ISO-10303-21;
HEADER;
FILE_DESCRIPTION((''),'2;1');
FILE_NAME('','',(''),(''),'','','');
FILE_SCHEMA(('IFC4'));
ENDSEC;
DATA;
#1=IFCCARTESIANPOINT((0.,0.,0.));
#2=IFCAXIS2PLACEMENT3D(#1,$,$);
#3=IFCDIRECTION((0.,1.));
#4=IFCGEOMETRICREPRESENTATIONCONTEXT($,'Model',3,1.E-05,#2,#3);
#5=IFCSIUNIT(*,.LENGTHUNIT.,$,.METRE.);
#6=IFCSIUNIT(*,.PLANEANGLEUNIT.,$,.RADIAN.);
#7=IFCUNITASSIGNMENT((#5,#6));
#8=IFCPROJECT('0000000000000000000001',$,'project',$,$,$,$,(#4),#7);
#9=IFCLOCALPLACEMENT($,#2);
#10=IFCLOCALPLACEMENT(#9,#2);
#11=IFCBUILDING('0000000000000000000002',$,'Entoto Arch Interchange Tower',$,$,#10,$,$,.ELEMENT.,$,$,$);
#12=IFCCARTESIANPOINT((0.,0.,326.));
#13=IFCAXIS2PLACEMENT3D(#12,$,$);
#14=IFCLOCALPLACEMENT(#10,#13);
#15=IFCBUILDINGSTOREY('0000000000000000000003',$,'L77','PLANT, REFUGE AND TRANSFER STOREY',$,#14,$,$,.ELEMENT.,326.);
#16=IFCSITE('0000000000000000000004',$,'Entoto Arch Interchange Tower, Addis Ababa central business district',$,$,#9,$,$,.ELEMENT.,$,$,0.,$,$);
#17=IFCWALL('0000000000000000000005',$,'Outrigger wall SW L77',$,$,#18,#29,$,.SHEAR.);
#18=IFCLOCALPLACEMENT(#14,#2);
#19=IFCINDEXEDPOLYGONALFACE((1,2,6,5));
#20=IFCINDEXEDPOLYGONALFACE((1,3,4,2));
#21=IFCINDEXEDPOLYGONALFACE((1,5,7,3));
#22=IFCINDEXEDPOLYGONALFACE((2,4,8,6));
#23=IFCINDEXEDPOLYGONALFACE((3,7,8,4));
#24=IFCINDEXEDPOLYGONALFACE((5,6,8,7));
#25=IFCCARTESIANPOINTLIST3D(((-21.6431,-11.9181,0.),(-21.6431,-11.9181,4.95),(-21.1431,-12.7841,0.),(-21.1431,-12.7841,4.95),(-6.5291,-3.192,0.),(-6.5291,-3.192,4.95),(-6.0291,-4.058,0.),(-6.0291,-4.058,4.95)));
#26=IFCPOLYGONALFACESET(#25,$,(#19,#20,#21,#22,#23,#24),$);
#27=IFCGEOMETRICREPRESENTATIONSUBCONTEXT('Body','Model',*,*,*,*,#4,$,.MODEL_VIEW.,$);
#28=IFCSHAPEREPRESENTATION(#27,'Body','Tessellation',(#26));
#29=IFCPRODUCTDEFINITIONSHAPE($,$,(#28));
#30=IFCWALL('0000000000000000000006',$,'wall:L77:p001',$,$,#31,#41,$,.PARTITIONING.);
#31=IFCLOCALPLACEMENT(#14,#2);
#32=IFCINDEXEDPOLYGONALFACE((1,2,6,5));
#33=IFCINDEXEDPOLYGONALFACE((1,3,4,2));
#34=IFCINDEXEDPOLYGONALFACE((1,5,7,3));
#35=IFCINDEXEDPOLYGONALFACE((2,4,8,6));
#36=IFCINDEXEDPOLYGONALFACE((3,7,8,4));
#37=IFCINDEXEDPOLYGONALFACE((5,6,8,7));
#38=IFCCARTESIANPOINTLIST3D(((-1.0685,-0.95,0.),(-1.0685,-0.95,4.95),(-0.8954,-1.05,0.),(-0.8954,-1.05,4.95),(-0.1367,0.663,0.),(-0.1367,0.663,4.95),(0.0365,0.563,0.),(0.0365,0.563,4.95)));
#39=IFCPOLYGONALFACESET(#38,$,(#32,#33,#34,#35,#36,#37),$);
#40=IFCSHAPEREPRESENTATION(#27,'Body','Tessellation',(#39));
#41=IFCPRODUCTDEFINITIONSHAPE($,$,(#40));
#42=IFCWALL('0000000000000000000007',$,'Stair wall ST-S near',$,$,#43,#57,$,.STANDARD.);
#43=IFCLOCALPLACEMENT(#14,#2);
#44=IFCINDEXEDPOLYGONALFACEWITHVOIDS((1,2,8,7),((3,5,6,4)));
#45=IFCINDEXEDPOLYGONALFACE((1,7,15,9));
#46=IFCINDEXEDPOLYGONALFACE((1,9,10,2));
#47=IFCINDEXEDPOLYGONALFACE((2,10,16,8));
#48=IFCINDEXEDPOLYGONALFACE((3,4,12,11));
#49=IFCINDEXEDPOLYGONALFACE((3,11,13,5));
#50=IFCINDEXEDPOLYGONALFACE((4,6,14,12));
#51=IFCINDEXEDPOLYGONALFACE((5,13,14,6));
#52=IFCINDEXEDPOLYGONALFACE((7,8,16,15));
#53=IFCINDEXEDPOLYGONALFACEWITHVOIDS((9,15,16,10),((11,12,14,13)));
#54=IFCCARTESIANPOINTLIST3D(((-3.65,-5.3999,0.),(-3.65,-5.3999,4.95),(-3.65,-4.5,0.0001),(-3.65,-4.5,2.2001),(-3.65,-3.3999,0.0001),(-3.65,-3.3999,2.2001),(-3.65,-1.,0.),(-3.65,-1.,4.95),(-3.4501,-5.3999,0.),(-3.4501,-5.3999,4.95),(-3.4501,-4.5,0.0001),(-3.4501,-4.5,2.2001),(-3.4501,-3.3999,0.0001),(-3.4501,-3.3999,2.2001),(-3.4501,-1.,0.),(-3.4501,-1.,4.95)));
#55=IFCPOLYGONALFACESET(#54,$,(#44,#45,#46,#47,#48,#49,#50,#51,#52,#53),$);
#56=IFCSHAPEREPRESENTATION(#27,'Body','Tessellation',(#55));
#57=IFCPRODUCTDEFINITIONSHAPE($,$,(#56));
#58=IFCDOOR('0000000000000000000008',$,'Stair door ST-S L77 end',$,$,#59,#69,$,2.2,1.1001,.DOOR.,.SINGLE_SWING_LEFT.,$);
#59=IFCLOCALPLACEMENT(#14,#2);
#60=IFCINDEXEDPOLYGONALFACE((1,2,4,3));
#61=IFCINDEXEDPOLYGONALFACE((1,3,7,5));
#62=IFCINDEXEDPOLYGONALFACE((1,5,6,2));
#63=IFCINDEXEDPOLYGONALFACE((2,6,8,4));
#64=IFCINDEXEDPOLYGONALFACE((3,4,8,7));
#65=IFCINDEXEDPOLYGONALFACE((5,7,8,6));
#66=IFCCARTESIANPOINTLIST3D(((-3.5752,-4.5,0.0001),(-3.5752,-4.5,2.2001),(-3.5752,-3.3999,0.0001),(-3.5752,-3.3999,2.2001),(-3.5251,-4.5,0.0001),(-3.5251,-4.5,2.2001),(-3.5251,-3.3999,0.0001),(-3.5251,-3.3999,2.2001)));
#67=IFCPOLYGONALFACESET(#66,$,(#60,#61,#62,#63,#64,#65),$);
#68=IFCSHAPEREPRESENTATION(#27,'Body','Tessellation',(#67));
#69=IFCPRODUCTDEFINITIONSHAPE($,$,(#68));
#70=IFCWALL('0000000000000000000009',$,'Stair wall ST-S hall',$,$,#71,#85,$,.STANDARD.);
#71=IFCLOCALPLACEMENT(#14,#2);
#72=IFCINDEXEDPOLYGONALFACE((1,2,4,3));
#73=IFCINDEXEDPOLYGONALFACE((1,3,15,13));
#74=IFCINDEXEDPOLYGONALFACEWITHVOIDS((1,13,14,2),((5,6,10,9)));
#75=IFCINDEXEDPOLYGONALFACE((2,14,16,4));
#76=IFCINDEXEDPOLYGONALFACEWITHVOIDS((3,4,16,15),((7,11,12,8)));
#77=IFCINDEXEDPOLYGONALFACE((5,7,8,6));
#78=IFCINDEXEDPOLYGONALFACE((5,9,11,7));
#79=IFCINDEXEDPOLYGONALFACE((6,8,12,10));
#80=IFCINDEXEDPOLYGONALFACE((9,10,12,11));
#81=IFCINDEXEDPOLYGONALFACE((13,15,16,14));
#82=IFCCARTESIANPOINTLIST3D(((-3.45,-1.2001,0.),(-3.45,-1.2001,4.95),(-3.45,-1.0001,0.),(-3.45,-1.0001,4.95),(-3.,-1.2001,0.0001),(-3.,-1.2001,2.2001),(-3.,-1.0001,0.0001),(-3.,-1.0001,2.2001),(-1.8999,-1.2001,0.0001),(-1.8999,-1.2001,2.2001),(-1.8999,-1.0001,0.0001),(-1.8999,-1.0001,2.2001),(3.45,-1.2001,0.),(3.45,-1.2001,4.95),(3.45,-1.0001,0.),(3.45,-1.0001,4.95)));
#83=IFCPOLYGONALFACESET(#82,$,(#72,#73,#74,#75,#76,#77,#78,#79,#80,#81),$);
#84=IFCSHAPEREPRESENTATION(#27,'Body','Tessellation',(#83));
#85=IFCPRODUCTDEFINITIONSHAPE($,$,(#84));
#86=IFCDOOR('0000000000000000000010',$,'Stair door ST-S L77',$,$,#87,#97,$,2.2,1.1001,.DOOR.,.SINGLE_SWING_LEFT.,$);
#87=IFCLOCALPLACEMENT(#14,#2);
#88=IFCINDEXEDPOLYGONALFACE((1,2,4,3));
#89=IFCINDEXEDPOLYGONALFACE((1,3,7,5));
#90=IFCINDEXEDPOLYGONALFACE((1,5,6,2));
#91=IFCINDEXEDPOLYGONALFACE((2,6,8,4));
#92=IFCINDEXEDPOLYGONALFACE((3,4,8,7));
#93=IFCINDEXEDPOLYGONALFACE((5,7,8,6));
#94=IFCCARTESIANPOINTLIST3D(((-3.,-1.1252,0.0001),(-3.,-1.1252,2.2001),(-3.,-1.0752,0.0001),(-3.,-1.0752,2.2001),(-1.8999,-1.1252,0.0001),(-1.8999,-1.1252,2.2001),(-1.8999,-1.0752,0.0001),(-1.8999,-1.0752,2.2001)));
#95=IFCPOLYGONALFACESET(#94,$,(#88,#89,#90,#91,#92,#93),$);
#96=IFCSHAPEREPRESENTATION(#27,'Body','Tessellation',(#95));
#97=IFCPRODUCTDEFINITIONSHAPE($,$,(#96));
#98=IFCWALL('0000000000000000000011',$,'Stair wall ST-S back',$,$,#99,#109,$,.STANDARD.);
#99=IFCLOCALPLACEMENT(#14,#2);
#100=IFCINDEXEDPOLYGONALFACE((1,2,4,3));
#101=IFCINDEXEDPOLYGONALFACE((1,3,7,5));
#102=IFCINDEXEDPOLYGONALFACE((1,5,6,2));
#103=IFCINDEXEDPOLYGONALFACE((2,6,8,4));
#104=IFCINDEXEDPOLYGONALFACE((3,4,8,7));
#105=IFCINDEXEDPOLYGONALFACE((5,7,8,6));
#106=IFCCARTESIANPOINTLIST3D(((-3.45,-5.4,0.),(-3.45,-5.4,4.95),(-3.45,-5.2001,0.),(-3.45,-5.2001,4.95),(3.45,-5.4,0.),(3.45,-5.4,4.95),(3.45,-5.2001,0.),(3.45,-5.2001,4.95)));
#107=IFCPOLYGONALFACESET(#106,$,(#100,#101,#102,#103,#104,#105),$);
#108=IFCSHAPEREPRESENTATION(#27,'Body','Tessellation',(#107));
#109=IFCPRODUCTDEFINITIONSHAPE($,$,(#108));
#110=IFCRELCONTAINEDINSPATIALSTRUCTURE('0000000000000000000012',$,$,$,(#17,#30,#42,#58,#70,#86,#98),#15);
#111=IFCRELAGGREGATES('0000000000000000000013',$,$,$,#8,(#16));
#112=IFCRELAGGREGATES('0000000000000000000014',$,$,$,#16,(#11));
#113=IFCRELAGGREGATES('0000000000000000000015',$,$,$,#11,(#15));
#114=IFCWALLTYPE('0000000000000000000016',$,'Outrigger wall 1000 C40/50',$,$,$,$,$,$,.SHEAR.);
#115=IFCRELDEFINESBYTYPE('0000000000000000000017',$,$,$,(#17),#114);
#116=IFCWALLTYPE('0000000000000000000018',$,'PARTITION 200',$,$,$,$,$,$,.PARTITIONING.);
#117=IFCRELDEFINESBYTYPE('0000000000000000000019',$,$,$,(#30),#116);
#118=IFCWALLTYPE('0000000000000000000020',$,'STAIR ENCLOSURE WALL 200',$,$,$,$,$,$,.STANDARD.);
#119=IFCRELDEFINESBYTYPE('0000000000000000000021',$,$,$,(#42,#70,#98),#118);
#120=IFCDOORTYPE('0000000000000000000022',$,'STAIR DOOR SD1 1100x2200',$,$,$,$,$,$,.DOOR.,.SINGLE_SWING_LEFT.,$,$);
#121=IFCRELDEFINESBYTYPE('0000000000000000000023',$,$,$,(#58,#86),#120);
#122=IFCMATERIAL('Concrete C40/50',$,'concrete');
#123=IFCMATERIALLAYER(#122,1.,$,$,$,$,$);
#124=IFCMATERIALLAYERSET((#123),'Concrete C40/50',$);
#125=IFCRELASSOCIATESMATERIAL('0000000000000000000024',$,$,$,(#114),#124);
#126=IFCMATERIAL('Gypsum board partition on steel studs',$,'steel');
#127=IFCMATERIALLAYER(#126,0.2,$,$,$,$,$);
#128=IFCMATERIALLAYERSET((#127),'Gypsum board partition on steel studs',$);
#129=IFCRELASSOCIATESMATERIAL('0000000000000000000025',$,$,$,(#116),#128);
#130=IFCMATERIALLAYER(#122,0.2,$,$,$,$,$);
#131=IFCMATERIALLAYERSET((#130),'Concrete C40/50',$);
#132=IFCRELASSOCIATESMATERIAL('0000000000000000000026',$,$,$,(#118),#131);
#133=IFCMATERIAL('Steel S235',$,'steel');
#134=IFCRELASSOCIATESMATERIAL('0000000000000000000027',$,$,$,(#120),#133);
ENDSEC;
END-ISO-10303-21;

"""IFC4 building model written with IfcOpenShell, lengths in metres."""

from ifc_helpers import new_model, si_unit, direction, frame, frame_2d, origin, place, context, subcontext, project, spatial, rectangle, extrude, material, layer, layer_set, type_object, element, fill, save


model = new_model("IFC4")

# Units and contexts
model_context = context("Model", 3, precision=1e-05, world=origin(), true_north=direction((0.0, 1.0)))
body_context = subcontext(model_context, "Body", "Model", "MODEL_VIEW")
ifc_project = project(units=[si_unit("LENGTHUNIT", "METRE"), si_unit("PLANEANGLEUNIT", "RADIAN")], contexts=[model_context])

# Site, building, storey
site_placement = place(None, origin())
site = spatial("IfcSite", under=ifc_project, at=site_placement, Name="Entoto Arch Interchange Tower, Addis Ababa central business district", CompositionType="ELEMENT", RefElevation=0.0)
building_placement = place(site_placement, origin())
building = spatial("IfcBuilding", under=site, at=building_placement, Name="Entoto Arch Interchange Tower", CompositionType="ELEMENT")
storey_placement = place(building_placement, frame((0.0, 0.0, 326.0)))
storey = spatial("IfcBuildingStorey", under=building, at=storey_placement, Name="L77", Description="PLANT, REFUGE AND TRANSFER STOREY", CompositionType="ELEMENT", Elevation=326.0)

# Shared definitions
ifc_material_1 = material(Name="Concrete C40/50", Category="concrete")

# Walls
ifc_layer_1 = layer(ifc_material_1, 1.0)
ifc_layer_set_1 = layer_set([ifc_layer_1], Name="Concrete C40/50")
wall_type_1 = type_object("IfcWallType", Name="Outrigger wall 1000 C40/50", PredefinedType="SHEAR", material=ifc_layer_set_1)
wall_1_placement = place(storey_placement, frame((-6.2791, -3.625, 0.0), z_axis=(0.0, 0.0, 1.0), x_axis=(-0.866026, -0.5, 0.0)))
element("IfcWall", 1, at=wall_1_placement, inside=storey, type_object=wall_type_1, Name="Outrigger wall SW L77", PredefinedType="SHEAR", context=body_context, shape_type="SweptSolid", body=[
    extrude(rectangle(XDim=17.4521, YDim=1.0, at=frame_2d((8.7261, 0.0))), origin(), (0.0, 0.0, 1.0), 4.95),
])
ifc_material_2 = material(Name="Gypsum board partition on steel studs", Category="steel")
ifc_layer_2 = layer(ifc_material_2, 0.2)
ifc_layer_set_2 = layer_set([ifc_layer_2], Name="Gypsum board partition on steel studs")
wall_type_2 = type_object("IfcWallType", Name="PARTITION 200", PredefinedType="PARTITIONING", material=ifc_layer_set_2)
wall_2_placement = place(storey_placement, frame((-0.9819, -1.0, 0.0), z_axis=(0.0, 0.0, 1.0), x_axis=(0.50024, 0.865887, 0.0)))
element("IfcWall", 2, at=wall_2_placement, inside=storey, type_object=wall_type_2, Name="wall:L77:p001", PredefinedType="PARTITIONING", context=body_context, shape_type="SweptSolid", body=[
    extrude(rectangle(XDim=1.8628, YDim=0.2, at=frame_2d((0.9314, 0.0))), origin(), (0.0, 0.0, 1.0), 4.95),
])

# Walls, openings, doors
ifc_layer_3 = layer(ifc_material_1, 0.2)
ifc_layer_set_3 = layer_set([ifc_layer_3], Name="Concrete C40/50")
wall_type_3 = type_object("IfcWallType", Name="STAIR ENCLOSURE WALL 200", PredefinedType="STANDARD", material=ifc_layer_set_3)
wall_3_placement = place(storey_placement, frame((-3.55, -1.0, 0.0), z_axis=(0.0, 0.0, 1.0), x_axis=(0.0, -1.0, 0.0)))
wall_3 = element("IfcWall", 3, at=wall_3_placement, inside=storey, type_object=wall_type_3, Name="Stair wall ST-S near", PredefinedType="STANDARD", context=body_context, shape_type="SweptSolid", body=[
    extrude(rectangle(XDim=4.3999, YDim=0.2, at=frame_2d((2.2, 0.0))), origin(), (0.0, 0.0, 1.0), 4.95),
])
opening_1_placement = place(wall_3_placement, frame((2.3999, 0.0, 0.0)))
opening_1 = element("IfcOpeningElement", 4, at=opening_1_placement, cuts=wall_3, PredefinedType="OPENING", context=body_context, shape_type="SweptSolid", body=[
    extrude(rectangle(XDim=1.1001, YDim=2.2, at=frame_2d((0.55, 1.1001))), frame((0.0, 0.1099, 0.0), z_axis=(0.0, -1.0, 0.0), x_axis=(1.0, 0.0, 0.0)), (0.0, 0.0, 1.0), 0.22),
])
ifc_material_3 = material(Name="Steel S235", Category="steel")
door_type = type_object("IfcDoorType", Name="STAIR DOOR SD1 1100x2200", OperationType="SINGLE_SWING_LEFT", PredefinedType="DOOR", material=ifc_material_3)
door_1_placement = place(opening_1_placement, origin())
door_1 = element("IfcDoor", 5, at=door_1_placement, inside=storey, type_object=door_type, Name="Stair door ST-S L77 end", OperationType="SINGLE_SWING_LEFT", OverallHeight=2.2, OverallWidth=1.1001, PredefinedType="DOOR", context=body_context, shape_type="SweptSolid", body=[
    extrude(rectangle(XDim=1.1001, YDim=2.2, at=frame_2d((0.55, 1.1001))), frame((0.0, 0.0249, 0.0), z_axis=(0.0, -1.0, 0.0), x_axis=(1.0, 0.0, 0.0)), (0.0, 0.0, 1.0), 0.05),
])
fill(opening_1, door_1)
wall_4_placement = place(storey_placement, frame((-3.45, -1.1001, 0.0), z_axis=(0.0, 0.0, 1.0), x_axis=(1.0, 0.0, 0.0)))
wall_4 = element("IfcWall", 6, at=wall_4_placement, inside=storey, type_object=wall_type_3, Name="Stair wall ST-S hall", PredefinedType="STANDARD", context=body_context, shape_type="SweptSolid", body=[
    extrude(rectangle(XDim=6.8999, YDim=0.2, at=frame_2d((3.45, 0.0))), origin(), (0.0, 0.0, 1.0), 4.95),
])
opening_2_placement = place(wall_4_placement, frame((0.45, 0.0, 0.0)))
opening_2 = element("IfcOpeningElement", 7, at=opening_2_placement, cuts=wall_4, PredefinedType="OPENING", context=body_context, shape_type="SweptSolid", body=[
    extrude(rectangle(XDim=1.1001, YDim=2.2, at=frame_2d((0.55, 1.1001))), frame((0.0, 0.1099, 0.0), z_axis=(0.0, -1.0, 0.0), x_axis=(1.0, 0.0, 0.0)), (0.0, 0.0, 1.0), 0.22),
])
door_2_placement = place(opening_2_placement, origin())
door_2 = element("IfcDoor", 8, at=door_2_placement, inside=storey, type_object=door_type, Name="Stair door ST-S L77", OperationType="SINGLE_SWING_LEFT", OverallHeight=2.2, OverallWidth=1.1001, PredefinedType="DOOR", context=body_context, shape_type="SweptSolid", body=[
    extrude(rectangle(XDim=1.1001, YDim=2.2, at=frame_2d((0.55, 1.1001))), frame((0.0, 0.0249, 0.0), z_axis=(0.0, -1.0, 0.0), x_axis=(1.0, 0.0, 0.0)), (0.0, 0.0, 1.0), 0.05),
])
fill(opening_2, door_2)

# Wall
wall_5_placement = place(storey_placement, frame((-3.45, -5.3, 0.0), z_axis=(0.0, 0.0, 1.0), x_axis=(1.0, 0.0, 0.0)))
element("IfcWall", 9, at=wall_5_placement, inside=storey, type_object=wall_type_3, Name="Stair wall ST-S back", PredefinedType="STANDARD", context=body_context, shape_type="SweptSolid", body=[
    extrude(rectangle(XDim=6.8999, YDim=0.2, at=frame_2d((3.45, 0.0))), origin(), (0.0, 0.0, 1.0), 4.95),
])

save(model, "model.ifc")
